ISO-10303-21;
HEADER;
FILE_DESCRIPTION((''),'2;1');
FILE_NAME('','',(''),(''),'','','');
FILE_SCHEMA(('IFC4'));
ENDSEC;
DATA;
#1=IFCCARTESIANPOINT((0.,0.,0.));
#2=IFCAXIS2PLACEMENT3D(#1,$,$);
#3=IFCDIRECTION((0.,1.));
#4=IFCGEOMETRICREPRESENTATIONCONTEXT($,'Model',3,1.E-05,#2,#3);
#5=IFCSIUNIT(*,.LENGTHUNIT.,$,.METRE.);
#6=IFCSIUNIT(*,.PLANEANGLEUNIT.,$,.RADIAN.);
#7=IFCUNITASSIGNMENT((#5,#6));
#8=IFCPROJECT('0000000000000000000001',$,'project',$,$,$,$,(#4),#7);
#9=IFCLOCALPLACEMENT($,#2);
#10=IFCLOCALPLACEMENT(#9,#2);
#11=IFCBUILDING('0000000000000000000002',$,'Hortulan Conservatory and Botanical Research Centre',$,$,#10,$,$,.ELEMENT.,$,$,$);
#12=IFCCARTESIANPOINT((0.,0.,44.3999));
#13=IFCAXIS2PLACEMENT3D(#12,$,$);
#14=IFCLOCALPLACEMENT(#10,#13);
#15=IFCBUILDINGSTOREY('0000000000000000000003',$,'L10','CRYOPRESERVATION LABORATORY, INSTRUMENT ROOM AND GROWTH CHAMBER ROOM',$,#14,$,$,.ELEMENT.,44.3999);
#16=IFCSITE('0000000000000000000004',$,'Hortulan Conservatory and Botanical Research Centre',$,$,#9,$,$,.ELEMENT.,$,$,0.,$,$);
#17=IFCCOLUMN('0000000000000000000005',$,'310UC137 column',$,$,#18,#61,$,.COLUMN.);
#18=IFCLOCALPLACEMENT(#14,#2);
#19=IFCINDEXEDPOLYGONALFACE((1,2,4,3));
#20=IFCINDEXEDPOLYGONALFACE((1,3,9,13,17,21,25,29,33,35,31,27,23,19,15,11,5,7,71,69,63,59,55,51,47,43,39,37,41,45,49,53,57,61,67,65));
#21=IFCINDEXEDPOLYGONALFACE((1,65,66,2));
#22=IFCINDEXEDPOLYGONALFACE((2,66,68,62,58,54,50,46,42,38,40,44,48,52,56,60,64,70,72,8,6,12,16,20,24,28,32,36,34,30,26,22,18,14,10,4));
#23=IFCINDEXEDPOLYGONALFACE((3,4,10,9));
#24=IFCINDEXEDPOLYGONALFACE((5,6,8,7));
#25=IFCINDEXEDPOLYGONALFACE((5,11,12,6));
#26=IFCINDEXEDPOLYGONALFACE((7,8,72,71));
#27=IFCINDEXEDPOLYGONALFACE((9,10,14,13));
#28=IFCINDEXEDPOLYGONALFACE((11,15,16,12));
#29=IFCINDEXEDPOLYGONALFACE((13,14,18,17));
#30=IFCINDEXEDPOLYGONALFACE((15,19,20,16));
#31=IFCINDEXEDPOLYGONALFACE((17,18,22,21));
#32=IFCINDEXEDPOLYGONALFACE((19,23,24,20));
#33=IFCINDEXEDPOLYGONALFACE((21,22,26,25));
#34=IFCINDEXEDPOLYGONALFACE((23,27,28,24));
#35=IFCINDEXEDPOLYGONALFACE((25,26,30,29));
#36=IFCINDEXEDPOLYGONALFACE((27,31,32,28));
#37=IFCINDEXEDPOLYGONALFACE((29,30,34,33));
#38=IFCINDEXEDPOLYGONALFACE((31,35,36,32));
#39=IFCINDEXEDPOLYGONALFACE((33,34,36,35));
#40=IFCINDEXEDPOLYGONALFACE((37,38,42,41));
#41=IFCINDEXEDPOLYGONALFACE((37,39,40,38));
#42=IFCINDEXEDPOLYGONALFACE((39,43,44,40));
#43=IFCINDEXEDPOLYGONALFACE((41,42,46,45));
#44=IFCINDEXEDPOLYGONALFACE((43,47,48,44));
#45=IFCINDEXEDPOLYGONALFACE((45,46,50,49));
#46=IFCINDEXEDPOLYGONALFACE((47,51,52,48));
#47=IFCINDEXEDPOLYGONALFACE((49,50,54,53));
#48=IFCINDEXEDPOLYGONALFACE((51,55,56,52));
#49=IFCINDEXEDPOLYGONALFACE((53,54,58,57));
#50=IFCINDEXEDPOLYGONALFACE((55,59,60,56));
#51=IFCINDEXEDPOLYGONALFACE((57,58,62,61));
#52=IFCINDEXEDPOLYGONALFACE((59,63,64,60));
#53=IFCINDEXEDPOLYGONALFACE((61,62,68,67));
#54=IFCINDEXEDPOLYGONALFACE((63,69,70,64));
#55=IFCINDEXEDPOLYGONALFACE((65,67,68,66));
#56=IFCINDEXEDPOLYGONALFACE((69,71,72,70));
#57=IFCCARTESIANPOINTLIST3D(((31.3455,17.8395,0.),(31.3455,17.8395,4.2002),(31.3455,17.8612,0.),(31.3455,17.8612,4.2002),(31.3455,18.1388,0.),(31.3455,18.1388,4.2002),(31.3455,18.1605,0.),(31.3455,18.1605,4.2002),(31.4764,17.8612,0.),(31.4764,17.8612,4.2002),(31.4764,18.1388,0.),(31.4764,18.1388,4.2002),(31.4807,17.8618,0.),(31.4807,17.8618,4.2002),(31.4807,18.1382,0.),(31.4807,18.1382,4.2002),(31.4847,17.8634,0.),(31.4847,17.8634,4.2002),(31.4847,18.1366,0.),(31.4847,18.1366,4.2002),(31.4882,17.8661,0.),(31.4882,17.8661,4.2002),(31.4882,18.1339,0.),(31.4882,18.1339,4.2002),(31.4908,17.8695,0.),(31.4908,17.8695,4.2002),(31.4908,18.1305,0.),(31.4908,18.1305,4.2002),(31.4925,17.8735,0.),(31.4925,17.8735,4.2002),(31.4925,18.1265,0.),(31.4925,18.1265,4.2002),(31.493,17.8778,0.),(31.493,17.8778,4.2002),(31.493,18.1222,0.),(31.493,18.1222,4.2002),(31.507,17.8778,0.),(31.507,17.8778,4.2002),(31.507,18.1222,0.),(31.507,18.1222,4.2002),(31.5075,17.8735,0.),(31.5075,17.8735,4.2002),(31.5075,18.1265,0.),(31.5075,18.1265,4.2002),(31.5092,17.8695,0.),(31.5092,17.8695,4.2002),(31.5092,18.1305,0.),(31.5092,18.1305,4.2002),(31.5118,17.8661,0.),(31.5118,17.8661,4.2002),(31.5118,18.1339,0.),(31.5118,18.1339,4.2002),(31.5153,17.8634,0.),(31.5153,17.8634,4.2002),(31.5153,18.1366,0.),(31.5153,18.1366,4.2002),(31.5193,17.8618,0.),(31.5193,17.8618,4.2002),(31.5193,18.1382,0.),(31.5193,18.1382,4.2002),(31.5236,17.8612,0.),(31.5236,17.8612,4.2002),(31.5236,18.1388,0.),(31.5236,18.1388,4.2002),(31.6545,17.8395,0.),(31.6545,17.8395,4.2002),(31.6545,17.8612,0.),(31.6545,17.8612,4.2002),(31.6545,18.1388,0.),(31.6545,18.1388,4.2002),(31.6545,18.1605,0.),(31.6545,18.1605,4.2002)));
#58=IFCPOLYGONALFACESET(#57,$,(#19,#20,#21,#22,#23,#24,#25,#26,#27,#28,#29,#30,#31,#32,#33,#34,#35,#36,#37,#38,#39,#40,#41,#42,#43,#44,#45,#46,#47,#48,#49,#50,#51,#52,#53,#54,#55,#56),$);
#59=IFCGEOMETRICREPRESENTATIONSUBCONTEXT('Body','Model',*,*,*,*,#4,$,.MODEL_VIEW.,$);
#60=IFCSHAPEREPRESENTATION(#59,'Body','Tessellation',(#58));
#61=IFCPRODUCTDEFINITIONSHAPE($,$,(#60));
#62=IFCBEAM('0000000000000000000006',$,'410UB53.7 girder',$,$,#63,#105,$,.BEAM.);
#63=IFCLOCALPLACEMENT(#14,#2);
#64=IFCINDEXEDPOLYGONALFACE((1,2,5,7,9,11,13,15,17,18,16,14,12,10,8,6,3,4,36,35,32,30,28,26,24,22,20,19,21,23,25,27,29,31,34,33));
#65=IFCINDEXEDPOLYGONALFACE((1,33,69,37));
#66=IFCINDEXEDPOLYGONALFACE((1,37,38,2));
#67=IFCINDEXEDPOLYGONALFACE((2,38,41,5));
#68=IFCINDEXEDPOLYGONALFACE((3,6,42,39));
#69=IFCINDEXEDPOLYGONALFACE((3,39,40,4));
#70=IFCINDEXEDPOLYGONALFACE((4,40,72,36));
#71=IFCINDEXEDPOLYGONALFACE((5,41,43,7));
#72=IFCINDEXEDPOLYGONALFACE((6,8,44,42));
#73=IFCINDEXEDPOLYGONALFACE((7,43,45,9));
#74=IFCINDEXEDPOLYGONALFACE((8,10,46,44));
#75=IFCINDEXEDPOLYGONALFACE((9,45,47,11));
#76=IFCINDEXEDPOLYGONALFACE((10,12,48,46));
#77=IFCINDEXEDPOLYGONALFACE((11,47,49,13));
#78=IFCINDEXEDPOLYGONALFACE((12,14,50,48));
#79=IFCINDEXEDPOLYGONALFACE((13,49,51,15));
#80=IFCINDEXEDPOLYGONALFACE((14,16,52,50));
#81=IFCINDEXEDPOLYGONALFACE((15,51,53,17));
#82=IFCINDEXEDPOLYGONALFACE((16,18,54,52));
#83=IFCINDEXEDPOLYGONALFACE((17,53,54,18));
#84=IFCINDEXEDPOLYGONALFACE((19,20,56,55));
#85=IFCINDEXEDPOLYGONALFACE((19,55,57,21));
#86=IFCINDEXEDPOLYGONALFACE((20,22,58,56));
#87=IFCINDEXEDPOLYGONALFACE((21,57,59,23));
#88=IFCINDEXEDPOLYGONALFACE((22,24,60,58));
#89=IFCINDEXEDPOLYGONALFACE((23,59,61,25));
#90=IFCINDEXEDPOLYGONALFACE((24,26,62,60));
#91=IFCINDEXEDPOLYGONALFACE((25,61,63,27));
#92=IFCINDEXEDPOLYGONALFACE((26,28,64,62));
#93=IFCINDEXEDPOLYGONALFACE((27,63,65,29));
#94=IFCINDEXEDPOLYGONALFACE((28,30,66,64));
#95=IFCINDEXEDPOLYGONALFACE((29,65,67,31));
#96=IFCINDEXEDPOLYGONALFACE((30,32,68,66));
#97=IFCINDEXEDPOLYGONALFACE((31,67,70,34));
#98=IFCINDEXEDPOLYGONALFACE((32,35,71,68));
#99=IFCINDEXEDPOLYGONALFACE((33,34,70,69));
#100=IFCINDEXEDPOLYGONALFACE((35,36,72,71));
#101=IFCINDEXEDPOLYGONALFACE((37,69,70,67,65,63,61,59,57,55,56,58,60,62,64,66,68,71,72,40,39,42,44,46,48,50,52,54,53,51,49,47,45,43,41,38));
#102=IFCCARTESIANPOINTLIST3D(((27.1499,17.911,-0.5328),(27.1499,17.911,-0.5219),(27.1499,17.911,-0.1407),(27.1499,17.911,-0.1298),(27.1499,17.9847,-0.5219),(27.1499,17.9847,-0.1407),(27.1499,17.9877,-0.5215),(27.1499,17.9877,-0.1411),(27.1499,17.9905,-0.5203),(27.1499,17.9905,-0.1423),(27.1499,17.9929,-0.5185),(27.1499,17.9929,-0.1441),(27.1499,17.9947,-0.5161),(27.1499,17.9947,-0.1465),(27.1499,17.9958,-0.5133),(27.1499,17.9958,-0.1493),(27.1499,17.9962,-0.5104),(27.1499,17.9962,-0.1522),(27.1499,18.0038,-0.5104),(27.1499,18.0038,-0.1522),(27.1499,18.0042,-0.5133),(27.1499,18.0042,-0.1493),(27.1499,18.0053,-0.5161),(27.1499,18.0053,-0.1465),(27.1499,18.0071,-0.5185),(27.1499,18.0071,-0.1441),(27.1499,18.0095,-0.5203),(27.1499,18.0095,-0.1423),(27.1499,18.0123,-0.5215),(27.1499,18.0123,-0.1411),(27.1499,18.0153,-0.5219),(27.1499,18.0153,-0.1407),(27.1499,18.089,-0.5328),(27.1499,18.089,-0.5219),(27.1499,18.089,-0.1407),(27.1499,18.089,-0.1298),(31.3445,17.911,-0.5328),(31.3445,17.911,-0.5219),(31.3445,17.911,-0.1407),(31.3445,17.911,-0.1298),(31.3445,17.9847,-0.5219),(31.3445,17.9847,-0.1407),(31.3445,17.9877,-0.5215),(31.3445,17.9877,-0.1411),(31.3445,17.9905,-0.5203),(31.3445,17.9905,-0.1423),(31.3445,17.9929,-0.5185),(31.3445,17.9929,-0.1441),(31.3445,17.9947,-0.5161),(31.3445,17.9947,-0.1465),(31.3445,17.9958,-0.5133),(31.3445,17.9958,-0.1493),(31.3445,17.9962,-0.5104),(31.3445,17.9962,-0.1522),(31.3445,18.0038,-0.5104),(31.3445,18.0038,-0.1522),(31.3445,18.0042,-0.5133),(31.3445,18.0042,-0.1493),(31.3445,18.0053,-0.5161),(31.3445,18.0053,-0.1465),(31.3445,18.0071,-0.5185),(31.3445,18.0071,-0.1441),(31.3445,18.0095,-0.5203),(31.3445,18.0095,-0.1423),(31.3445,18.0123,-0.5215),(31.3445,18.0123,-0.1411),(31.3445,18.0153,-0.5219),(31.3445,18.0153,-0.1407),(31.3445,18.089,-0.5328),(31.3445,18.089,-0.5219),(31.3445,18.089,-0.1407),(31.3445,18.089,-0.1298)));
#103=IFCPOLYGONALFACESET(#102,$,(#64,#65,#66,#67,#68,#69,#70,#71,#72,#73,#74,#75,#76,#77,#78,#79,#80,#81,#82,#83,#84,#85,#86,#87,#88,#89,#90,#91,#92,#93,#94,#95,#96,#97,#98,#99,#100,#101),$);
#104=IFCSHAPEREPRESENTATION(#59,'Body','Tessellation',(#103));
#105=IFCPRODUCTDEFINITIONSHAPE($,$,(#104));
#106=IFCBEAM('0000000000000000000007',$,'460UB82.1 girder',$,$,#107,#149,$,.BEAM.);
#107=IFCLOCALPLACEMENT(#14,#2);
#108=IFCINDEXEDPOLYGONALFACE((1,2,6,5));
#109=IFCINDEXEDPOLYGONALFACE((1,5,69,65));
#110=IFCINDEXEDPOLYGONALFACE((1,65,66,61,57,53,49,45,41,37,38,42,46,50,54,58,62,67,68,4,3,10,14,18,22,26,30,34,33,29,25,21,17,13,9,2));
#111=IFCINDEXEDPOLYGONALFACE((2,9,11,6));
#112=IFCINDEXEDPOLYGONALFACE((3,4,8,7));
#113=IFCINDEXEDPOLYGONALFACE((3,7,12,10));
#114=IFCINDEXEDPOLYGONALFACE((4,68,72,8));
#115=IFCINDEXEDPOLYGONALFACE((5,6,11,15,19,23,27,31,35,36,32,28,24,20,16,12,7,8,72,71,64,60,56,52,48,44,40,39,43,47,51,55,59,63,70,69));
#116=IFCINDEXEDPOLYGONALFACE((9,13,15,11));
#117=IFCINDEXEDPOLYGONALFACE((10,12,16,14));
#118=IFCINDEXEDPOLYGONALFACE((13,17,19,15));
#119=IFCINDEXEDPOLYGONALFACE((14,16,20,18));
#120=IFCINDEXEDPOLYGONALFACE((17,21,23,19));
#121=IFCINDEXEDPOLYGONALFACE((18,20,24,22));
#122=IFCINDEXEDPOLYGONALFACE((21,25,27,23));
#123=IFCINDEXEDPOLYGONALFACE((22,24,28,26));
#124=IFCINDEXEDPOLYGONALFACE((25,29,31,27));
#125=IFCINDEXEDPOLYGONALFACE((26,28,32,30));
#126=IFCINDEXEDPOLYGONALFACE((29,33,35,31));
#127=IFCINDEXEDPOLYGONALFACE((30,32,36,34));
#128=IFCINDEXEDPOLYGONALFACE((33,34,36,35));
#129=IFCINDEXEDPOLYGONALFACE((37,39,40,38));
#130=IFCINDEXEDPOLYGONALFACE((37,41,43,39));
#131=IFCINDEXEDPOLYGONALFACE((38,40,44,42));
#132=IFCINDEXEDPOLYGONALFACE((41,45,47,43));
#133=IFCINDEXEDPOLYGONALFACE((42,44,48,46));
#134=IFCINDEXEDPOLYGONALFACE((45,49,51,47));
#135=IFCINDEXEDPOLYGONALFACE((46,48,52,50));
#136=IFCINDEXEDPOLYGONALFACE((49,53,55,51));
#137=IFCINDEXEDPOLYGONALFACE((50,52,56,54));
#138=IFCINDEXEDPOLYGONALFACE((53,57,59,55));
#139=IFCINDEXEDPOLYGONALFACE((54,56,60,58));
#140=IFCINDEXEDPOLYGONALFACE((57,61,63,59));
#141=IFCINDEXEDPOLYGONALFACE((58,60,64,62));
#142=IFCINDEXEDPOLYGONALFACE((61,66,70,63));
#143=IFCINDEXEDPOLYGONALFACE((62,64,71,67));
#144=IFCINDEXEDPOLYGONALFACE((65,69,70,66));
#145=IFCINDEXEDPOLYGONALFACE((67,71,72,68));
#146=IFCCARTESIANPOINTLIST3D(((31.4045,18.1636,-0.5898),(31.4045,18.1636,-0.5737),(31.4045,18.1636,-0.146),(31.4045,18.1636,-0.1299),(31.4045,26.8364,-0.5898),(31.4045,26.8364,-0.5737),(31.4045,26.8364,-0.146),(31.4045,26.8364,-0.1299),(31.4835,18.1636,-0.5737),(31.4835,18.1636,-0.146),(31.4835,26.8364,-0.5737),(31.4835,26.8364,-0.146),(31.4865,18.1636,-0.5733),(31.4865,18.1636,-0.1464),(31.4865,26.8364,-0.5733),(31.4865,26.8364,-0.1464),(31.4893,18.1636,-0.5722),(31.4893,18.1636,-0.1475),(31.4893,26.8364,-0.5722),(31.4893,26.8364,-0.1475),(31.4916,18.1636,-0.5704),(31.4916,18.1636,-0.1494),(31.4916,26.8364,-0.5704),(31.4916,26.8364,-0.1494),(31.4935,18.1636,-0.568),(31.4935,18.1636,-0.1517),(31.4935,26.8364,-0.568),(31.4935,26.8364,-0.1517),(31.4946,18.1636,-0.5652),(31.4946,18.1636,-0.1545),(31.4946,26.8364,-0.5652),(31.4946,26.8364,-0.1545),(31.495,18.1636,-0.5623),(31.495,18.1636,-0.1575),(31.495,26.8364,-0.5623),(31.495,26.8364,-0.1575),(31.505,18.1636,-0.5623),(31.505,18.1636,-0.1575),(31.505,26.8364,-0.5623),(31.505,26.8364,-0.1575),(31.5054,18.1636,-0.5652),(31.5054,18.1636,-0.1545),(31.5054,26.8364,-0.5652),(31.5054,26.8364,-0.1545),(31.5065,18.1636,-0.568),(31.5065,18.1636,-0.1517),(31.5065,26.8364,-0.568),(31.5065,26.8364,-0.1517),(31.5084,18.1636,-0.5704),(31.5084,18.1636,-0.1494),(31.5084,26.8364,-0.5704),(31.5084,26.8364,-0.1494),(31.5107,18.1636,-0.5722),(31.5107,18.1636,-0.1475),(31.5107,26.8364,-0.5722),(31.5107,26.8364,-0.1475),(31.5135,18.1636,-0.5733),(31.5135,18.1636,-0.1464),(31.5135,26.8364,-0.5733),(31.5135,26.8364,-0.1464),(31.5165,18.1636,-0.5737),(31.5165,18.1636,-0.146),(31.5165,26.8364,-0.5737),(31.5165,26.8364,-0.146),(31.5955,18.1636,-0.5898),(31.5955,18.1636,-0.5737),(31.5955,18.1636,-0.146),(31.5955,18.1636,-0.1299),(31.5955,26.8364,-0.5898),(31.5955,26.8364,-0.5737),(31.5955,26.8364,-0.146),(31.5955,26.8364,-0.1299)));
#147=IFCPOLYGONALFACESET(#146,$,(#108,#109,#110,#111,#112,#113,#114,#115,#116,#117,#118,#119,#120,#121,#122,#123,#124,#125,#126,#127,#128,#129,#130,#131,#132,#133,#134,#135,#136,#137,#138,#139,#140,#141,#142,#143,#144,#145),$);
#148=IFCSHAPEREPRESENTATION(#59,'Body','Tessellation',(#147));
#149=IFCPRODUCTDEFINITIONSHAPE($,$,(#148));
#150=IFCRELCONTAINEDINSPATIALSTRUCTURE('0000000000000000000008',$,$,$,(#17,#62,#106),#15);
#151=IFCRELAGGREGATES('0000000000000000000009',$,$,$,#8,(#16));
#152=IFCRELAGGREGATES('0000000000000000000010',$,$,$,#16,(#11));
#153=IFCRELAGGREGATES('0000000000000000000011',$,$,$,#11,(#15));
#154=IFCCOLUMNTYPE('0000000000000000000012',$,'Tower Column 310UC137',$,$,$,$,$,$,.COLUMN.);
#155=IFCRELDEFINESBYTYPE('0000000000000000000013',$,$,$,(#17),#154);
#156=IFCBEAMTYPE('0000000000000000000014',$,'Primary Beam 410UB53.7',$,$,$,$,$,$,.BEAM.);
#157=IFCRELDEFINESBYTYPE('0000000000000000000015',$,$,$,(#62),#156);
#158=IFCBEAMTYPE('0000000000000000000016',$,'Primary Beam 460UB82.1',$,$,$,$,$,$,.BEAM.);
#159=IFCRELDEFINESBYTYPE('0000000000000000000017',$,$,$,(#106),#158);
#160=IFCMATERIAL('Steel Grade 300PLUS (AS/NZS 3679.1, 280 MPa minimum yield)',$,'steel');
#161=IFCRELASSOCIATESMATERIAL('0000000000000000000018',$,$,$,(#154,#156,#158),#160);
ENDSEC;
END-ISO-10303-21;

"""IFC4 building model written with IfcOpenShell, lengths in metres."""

from ifc_helpers import new_model, si_unit, direction, frame, origin, origin_2d, place, context, subcontext, project, spatial, i_section, extrude, material, material_profile, profile_set, type_object, element, save


model = new_model("IFC4")

# Units and contexts
model_context = context("Model", 3, precision=1e-05, world=origin(), true_north=direction((0.0, 1.0)))
body_context = subcontext(model_context, "Body", "Model", "MODEL_VIEW")
ifc_project = project(units=[si_unit("LENGTHUNIT", "METRE"), si_unit("PLANEANGLEUNIT", "RADIAN")], contexts=[model_context])

# Site, building, storey
site_placement = place(None, origin())
site = spatial("IfcSite", under=ifc_project, at=site_placement, Name="Hortulan Conservatory and Botanical Research Centre", CompositionType="ELEMENT", RefElevation=0.0)
building_placement = place(site_placement, origin())
building = spatial("IfcBuilding", under=site, at=building_placement, Name="Hortulan Conservatory and Botanical Research Centre", CompositionType="ELEMENT")
storey_placement = place(building_placement, frame((0.0, 0.0, 44.3999)))
storey = spatial("IfcBuildingStorey", under=building, at=storey_placement, Name="L10", Description="CRYOPRESERVATION LABORATORY, INSTRUMENT ROOM AND GROWTH CHAMBER ROOM", CompositionType="ELEMENT", Elevation=44.3999)

# Column
ifc_material_1 = material(Name="Steel Grade 300PLUS (AS/NZS 3679.1, 280 MPa minimum yield)", Category="steel")
ifc_material_profile_1 = material_profile(ifc_material_1, i_section(OverallWidth=0.3091, OverallDepth=0.321, WebThickness=0.0139, FlangeThickness=0.0217, FilletRadius=0.0166, at=origin_2d()), Name="310UC137")
ifc_profile_set_1 = profile_set([ifc_material_profile_1], Name="Steel Grade 300PLUS (AS/NZS 3679.1, 280 MPa minimum yield)")
column_type = type_object("IfcColumnType", Name="Tower Column 310UC137", PredefinedType="COLUMN", material=ifc_profile_set_1)
column_placement = place(storey_placement, frame((31.5, 18.0, 0.0), z_axis=(0.0, 0.0, 1.0), x_axis=(1.0, 0.0, 0.0)))
element("IfcColumn", 1, at=column_placement, inside=storey, type_object=column_type, Name="310UC137 column", PredefinedType="COLUMN", context=body_context, shape_type="SweptSolid", body=[
    extrude(i_section(OverallWidth=0.3091, OverallDepth=0.321, WebThickness=0.0139, FlangeThickness=0.0217, FilletRadius=0.0166, at=origin_2d()), origin(), (0.0, 0.0, 1.0), 4.2002),
])

# Beams
ifc_material_profile_2 = material_profile(ifc_material_1, i_section(OverallWidth=0.178, OverallDepth=0.4031, WebThickness=0.0076, FlangeThickness=0.011, FilletRadius=0.0115, at=origin_2d()), Name="410UB53.7")
ifc_profile_set_2 = profile_set([ifc_material_profile_2], Name="Steel Grade 300PLUS (AS/NZS 3679.1, 280 MPa minimum yield)")
beam_type_1 = type_object("IfcBeamType", Name="Primary Beam 410UB53.7", PredefinedType="BEAM", material=ifc_profile_set_2)
beam_1_placement = place(storey_placement, frame((27.1499, 18.0, -0.3313), z_axis=(1.0, 0.0, 0.0), x_axis=(0.0, 1.0, 0.0)))
element("IfcBeam", 2, at=beam_1_placement, inside=storey, type_object=beam_type_1, Name="410UB53.7 girder", PredefinedType="BEAM", context=body_context, shape_type="SweptSolid", body=[
    extrude(i_section(OverallWidth=0.178, OverallDepth=0.4031, WebThickness=0.0076, FlangeThickness=0.011, FilletRadius=0.0115, at=origin_2d()), origin(), (0.0, 0.0, 1.0), 4.1946),
])
ifc_material_profile_3 = material_profile(ifc_material_1, i_section(OverallWidth=0.1909, OverallDepth=0.46, WebThickness=0.01, FlangeThickness=0.0161, FilletRadius=0.0115, at=origin_2d()), Name="460UB82.1")
ifc_profile_set_3 = profile_set([ifc_material_profile_3], Name="Steel Grade 300PLUS (AS/NZS 3679.1, 280 MPa minimum yield)")
beam_type_2 = type_object("IfcBeamType", Name="Primary Beam 460UB82.1", PredefinedType="BEAM", material=ifc_profile_set_3)
beam_2_placement = place(storey_placement, frame((31.5, 18.1636, -0.3599), z_axis=(0.0, 1.0, 0.0), x_axis=(-1.0, 0.0, 0.0)))
element("IfcBeam", 3, at=beam_2_placement, inside=storey, type_object=beam_type_2, Name="460UB82.1 girder", PredefinedType="BEAM", context=body_context, shape_type="SweptSolid", body=[
    extrude(i_section(OverallWidth=0.1909, OverallDepth=0.46, WebThickness=0.01, FlangeThickness=0.0161, FilletRadius=0.0115, at=origin_2d()), origin(), (0.0, 0.0, 1.0), 8.6729),
])

save(model, "model.ifc")
